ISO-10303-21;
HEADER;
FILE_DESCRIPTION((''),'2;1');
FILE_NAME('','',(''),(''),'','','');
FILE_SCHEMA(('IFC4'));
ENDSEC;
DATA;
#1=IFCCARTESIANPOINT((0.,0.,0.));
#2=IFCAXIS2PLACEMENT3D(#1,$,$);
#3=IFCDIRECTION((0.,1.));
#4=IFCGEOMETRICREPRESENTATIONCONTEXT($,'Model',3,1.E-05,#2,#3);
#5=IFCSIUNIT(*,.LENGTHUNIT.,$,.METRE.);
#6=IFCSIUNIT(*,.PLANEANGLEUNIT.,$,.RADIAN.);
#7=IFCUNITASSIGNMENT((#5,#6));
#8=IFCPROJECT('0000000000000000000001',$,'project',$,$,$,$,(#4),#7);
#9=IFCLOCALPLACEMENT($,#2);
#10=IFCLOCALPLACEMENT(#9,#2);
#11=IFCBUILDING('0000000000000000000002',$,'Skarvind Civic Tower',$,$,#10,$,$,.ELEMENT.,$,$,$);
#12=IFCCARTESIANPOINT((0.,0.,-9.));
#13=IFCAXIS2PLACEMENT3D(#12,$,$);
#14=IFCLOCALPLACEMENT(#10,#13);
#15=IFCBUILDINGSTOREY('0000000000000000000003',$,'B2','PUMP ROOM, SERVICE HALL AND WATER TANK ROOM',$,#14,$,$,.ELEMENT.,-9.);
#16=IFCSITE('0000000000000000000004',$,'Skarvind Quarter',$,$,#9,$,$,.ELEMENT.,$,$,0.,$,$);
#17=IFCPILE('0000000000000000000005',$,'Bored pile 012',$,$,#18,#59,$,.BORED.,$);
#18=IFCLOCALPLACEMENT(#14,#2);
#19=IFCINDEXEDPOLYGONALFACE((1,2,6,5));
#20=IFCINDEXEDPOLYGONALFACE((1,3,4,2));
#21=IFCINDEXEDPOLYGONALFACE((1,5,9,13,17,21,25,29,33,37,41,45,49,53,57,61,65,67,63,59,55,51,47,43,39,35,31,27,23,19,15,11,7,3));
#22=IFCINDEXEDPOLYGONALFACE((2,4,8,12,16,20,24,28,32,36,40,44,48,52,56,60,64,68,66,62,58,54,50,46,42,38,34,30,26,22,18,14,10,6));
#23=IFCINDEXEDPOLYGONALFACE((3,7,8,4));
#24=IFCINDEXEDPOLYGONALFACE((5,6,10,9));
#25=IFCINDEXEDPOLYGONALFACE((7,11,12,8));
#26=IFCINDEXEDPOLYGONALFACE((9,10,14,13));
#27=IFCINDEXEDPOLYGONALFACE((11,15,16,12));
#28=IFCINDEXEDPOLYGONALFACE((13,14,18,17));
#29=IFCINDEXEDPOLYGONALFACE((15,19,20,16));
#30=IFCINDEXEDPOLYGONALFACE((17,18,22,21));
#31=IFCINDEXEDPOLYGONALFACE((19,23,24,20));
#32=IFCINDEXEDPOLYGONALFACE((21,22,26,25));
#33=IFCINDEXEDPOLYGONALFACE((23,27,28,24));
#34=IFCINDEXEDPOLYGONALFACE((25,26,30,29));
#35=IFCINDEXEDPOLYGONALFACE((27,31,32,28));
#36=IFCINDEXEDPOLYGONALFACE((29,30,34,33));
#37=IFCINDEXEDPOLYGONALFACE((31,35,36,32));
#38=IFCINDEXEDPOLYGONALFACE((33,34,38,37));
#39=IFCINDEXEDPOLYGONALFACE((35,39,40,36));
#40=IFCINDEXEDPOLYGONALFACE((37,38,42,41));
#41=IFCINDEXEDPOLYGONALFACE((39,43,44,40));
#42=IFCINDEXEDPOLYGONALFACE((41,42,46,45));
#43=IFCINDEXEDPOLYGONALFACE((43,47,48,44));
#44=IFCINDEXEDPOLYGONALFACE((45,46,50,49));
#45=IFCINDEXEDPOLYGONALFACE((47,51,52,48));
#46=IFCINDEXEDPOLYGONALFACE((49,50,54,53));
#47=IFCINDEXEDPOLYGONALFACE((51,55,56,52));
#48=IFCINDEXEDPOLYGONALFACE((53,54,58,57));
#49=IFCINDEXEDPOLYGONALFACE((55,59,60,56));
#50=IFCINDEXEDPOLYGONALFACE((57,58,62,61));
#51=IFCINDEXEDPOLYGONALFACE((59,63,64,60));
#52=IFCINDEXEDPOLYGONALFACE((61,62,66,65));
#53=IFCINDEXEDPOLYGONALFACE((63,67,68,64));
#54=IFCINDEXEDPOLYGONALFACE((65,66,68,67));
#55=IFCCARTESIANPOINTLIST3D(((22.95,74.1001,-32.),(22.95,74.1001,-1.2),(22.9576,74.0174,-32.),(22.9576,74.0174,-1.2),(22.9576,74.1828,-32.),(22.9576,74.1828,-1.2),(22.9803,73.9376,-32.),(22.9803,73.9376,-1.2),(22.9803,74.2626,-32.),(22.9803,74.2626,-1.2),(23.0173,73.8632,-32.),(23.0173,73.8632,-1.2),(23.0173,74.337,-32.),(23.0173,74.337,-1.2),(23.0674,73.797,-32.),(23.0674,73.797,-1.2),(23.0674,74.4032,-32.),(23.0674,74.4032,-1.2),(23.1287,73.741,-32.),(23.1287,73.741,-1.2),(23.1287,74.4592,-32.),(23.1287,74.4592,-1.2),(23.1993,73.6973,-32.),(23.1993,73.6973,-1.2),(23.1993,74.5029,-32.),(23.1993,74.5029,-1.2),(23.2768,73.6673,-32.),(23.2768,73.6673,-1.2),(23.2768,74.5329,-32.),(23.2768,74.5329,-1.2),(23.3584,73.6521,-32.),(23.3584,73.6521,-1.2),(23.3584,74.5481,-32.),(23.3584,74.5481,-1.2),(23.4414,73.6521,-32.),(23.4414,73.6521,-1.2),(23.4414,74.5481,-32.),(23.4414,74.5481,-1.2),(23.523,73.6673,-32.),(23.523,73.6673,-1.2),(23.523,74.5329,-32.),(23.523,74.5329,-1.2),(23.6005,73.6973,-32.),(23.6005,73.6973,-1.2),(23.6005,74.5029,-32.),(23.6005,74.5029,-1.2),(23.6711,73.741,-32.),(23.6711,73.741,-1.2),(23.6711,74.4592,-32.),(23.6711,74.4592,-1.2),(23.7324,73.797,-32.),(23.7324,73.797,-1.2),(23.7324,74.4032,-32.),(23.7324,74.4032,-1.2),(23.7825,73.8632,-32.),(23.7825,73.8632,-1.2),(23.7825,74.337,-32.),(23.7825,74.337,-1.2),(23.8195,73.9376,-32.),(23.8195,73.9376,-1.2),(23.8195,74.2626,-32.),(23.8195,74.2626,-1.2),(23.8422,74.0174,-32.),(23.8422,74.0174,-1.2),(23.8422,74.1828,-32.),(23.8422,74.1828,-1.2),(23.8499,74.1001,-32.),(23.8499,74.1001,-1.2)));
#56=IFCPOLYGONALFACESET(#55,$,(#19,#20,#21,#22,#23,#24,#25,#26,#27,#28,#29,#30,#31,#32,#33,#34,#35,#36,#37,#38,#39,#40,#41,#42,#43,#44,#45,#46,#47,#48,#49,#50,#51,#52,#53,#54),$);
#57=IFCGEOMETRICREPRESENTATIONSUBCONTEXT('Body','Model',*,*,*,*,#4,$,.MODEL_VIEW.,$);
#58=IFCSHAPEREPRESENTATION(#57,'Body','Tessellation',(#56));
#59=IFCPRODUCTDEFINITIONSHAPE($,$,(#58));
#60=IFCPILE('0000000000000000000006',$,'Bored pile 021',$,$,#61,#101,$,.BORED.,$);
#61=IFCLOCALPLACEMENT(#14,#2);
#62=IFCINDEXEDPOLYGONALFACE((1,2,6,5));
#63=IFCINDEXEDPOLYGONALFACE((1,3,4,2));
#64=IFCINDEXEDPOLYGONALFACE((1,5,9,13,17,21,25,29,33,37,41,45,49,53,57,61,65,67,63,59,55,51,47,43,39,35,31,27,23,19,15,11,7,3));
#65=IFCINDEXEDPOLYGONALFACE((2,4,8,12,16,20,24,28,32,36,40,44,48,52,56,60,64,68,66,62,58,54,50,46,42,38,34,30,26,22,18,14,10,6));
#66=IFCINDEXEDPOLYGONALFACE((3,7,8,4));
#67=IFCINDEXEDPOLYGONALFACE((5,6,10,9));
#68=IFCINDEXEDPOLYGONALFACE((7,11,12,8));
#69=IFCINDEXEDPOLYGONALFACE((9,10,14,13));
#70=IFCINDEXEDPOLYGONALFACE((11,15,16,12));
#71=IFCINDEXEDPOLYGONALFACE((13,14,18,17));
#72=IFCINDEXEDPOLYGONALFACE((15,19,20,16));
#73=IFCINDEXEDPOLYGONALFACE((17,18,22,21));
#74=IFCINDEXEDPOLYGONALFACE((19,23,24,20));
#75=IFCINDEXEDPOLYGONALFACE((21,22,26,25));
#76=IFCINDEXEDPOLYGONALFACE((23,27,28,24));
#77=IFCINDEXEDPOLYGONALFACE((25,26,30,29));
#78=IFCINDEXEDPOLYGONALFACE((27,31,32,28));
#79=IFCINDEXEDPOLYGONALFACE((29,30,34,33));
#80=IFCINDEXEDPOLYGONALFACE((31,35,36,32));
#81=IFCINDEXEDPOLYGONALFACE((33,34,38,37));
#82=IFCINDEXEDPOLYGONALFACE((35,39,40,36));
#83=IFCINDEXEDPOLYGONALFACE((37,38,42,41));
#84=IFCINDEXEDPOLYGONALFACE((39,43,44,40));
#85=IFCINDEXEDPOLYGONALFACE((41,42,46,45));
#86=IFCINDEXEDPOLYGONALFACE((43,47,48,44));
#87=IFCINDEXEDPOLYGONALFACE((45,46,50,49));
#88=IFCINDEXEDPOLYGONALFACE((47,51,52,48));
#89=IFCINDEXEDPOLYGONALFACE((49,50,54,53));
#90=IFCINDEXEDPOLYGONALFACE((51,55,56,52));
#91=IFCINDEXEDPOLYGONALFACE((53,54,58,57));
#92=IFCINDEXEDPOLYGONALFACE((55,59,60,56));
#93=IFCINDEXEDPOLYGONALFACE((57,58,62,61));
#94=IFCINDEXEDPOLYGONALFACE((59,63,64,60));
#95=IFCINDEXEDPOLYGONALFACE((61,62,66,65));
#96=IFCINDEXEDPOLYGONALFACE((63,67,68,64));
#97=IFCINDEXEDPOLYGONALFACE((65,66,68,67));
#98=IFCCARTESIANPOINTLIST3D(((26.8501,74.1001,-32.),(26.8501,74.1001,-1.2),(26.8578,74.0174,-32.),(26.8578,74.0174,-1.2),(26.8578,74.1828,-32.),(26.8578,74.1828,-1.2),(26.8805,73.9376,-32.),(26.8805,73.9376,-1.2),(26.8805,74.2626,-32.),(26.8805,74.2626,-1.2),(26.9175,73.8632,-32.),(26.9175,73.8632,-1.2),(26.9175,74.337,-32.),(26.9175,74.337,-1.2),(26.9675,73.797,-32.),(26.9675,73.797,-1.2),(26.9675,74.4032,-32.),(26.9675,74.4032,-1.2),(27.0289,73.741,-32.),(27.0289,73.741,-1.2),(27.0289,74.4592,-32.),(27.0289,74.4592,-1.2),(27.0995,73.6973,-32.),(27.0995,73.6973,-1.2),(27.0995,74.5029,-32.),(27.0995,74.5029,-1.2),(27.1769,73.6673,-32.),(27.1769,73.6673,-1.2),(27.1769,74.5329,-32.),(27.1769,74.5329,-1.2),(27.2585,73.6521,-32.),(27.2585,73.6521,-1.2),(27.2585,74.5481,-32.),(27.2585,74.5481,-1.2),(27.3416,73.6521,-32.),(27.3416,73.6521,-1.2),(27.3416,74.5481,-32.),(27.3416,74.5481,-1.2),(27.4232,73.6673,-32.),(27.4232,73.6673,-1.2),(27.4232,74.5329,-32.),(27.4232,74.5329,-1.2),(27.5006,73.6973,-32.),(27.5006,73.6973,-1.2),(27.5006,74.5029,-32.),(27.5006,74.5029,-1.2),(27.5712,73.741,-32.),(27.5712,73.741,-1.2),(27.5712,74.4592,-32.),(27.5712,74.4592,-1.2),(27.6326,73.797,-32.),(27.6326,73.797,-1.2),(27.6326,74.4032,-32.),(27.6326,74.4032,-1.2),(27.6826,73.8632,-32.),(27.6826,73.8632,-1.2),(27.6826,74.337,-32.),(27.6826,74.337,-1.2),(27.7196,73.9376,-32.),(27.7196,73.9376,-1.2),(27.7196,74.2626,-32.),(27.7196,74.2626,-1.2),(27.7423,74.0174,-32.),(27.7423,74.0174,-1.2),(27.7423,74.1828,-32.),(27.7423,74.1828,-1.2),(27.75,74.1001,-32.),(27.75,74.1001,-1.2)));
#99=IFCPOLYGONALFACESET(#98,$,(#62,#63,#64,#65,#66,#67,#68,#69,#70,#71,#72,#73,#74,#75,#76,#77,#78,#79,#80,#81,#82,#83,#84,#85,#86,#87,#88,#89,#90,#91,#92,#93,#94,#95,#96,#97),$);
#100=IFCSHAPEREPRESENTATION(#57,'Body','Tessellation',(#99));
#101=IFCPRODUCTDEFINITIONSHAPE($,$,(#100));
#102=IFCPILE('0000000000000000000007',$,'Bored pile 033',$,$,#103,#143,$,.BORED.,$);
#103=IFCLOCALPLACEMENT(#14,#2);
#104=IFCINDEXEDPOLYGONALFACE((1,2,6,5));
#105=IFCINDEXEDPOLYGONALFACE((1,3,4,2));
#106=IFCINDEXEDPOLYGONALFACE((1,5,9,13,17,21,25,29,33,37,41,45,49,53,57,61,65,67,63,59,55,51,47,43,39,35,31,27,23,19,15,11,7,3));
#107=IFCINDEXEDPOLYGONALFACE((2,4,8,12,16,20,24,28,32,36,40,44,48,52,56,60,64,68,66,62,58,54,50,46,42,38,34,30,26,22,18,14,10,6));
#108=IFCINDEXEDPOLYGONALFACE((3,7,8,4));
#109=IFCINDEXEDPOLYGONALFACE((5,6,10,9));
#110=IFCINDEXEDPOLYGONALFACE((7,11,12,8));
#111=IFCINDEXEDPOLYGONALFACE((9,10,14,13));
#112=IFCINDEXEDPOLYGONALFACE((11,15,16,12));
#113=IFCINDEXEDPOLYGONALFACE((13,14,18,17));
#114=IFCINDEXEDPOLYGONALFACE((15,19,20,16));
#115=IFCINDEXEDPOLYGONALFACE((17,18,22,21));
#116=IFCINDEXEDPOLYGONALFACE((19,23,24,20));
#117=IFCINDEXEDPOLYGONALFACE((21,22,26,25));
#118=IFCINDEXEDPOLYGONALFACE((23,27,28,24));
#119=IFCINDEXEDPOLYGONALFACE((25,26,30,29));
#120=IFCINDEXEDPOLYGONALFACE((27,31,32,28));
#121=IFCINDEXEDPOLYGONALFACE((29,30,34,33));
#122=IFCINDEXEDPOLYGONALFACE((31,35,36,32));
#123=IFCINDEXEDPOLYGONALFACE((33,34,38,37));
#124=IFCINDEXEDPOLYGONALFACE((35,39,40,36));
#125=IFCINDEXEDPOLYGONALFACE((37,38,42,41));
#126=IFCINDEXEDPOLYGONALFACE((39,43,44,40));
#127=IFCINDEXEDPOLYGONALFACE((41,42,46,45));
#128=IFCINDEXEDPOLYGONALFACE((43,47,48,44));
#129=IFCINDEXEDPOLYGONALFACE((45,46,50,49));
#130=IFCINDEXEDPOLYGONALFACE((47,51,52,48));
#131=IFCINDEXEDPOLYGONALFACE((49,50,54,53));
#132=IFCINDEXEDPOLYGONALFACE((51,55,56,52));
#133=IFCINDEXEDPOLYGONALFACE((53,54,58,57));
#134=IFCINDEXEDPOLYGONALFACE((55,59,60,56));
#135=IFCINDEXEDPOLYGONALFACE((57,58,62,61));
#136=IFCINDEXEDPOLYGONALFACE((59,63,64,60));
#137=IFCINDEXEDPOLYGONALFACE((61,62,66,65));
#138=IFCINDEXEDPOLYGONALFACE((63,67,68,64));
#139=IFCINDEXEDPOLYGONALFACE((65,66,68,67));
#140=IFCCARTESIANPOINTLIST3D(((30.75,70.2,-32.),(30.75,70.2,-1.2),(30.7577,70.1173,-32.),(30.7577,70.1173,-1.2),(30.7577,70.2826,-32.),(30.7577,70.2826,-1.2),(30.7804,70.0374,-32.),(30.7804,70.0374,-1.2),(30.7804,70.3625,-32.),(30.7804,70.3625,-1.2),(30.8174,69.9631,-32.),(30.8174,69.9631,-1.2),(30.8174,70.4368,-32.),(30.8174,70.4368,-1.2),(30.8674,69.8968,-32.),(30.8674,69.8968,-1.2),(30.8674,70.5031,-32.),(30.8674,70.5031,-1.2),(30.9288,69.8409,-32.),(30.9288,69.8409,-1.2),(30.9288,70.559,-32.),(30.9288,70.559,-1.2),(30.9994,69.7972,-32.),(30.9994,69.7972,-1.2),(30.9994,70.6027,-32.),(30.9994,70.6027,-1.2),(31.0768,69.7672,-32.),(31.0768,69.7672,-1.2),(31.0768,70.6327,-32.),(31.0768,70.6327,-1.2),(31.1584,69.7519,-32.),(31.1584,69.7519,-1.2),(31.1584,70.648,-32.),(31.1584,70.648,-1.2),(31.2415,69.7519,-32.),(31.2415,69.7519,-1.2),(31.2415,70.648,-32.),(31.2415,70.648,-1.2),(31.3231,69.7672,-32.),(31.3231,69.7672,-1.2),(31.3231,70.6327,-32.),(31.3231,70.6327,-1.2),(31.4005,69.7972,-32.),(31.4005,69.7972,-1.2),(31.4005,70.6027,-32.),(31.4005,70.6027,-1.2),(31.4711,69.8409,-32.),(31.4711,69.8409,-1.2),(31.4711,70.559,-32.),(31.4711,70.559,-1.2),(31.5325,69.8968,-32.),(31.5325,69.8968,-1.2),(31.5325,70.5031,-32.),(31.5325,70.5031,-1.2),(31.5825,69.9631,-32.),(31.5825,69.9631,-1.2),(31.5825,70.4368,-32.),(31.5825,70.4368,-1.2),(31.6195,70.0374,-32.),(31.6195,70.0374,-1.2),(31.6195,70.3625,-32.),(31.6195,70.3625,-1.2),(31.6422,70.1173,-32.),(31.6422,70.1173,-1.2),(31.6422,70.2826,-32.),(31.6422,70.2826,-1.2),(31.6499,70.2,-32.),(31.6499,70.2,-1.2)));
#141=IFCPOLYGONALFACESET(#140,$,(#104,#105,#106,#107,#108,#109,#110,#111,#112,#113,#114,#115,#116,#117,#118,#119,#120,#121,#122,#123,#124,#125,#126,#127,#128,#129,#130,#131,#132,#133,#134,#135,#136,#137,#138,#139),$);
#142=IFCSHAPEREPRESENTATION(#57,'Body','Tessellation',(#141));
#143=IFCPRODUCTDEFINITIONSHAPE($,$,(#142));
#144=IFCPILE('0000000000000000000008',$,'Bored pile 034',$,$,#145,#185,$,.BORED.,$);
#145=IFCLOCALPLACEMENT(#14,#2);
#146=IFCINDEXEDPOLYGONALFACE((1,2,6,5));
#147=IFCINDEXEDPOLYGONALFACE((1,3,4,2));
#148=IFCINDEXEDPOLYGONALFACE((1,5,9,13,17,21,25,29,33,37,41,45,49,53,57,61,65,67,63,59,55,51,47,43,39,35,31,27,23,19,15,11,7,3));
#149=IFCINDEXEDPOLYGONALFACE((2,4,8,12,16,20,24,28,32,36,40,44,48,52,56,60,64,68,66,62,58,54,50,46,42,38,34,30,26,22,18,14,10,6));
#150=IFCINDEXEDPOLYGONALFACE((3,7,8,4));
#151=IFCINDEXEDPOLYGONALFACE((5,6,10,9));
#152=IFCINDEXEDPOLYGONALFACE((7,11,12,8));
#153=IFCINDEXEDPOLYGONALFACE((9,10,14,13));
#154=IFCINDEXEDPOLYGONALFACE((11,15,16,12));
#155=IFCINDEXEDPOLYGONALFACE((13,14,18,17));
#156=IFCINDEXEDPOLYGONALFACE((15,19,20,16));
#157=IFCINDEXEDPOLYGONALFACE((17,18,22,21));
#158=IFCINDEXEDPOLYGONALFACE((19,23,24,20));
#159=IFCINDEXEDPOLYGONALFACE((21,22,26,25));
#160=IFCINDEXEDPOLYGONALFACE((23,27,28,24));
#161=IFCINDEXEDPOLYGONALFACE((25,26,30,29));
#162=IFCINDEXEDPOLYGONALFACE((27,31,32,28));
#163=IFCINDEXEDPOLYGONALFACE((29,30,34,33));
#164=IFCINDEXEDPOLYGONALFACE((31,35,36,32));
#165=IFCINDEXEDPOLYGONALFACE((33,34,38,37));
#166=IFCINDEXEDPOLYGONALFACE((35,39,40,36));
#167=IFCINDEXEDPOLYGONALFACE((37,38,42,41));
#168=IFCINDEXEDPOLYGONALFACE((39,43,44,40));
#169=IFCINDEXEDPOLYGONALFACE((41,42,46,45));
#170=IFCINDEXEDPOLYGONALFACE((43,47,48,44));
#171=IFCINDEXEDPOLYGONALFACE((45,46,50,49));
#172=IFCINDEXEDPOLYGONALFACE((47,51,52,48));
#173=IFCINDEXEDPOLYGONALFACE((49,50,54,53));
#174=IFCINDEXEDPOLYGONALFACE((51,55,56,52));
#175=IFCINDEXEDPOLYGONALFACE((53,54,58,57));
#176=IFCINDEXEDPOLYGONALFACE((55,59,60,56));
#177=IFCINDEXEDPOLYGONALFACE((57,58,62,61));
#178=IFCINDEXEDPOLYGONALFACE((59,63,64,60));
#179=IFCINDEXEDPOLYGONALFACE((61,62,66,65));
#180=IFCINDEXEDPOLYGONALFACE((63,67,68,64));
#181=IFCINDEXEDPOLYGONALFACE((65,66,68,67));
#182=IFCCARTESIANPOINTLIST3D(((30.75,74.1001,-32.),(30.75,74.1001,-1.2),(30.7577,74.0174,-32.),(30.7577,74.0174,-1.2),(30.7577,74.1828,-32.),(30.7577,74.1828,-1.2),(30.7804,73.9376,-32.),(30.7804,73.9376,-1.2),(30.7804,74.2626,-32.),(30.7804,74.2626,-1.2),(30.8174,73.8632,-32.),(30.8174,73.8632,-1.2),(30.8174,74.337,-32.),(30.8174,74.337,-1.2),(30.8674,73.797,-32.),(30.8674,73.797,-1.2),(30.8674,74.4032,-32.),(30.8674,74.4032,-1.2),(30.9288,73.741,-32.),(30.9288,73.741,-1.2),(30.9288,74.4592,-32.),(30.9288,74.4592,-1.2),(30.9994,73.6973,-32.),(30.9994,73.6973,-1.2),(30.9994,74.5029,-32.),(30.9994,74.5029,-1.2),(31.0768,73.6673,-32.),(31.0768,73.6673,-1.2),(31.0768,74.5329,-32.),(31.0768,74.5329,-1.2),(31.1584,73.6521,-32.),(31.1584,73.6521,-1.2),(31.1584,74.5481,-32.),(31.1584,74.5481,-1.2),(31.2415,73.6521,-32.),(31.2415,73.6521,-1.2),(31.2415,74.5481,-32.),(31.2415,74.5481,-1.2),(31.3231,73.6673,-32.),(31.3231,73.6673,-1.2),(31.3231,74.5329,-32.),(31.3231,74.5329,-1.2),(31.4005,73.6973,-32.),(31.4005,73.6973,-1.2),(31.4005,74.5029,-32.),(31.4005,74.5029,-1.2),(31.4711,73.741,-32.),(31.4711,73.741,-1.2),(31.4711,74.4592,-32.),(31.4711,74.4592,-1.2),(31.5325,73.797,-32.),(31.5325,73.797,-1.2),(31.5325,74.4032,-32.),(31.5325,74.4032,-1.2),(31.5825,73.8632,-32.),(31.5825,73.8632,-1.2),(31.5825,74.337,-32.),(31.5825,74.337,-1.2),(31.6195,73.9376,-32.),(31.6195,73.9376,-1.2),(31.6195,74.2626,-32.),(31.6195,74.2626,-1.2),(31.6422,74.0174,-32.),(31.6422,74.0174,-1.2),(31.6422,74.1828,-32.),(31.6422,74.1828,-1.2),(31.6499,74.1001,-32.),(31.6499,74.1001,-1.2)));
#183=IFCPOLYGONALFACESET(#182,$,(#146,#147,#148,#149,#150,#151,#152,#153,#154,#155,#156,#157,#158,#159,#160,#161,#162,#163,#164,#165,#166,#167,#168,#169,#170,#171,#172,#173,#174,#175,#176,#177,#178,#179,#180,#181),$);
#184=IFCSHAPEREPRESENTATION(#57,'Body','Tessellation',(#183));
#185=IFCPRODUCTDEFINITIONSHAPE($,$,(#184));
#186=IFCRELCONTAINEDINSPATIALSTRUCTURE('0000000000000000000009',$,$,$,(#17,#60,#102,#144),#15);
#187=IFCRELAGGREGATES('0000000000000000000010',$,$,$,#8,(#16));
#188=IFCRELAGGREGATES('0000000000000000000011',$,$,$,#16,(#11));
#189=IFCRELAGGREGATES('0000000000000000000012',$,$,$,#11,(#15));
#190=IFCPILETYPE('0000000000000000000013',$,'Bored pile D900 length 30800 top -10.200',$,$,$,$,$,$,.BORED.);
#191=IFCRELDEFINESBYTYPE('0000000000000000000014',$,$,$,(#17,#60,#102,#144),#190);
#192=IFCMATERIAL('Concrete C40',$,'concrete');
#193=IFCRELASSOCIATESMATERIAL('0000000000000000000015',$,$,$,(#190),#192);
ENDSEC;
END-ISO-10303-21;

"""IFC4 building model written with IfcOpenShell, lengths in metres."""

from ifc_helpers import new_model, si_unit, direction, frame, origin, origin_2d, place, context, subcontext, project, spatial, circle, extrude, material, type_object, element, save


model = new_model("IFC4")

# Units and contexts
model_context = context("Model", 3, precision=1e-05, world=origin(), true_north=direction((0.0, 1.0)))
body_context = subcontext(model_context, "Body", "Model", "MODEL_VIEW")
ifc_project = project(units=[si_unit("LENGTHUNIT", "METRE"), si_unit("PLANEANGLEUNIT", "RADIAN")], contexts=[model_context])

# Site, building, storey
site_placement = place(None, origin())
site = spatial("IfcSite", under=ifc_project, at=site_placement, Name="Skarvind Quarter", CompositionType="ELEMENT", RefElevation=0.0)
building_placement = place(site_placement, origin())
building = spatial("IfcBuilding", under=site, at=building_placement, Name="Skarvind Civic Tower", CompositionType="ELEMENT")
storey_placement = place(building_placement, frame((0.0, 0.0, -9.0)))
storey = spatial("IfcBuildingStorey", under=building, at=storey_placement, Name="B2", Description="PUMP ROOM, SERVICE HALL AND WATER TANK ROOM", CompositionType="ELEMENT", Elevation=-9.0)

# Piles
ifc_material_1 = material(Name="Concrete C40", Category="concrete")
pile_type = type_object("IfcPileType", Name="Bored pile D900 length 30800 top -10.200", PredefinedType="BORED", material=ifc_material_1)
for number, where, z_axis, x_axis, name in (
    (1, (23.3999, 74.1001, -1.2), (0.0, 0.0, -1.0), (1.0, 0.0, 0.0), "Bored pile 012"),
    (2, (27.3, 74.1001, -1.2), (0.0, 0.0, -1.0), (1.0, 0.0, 0.0), "Bored pile 021"),
    (3, (31.2, 70.2, -1.2), (0.0, 0.0, -1.0), (1.0, 0.0, 0.0), "Bored pile 033"),
    (4, (31.2, 74.1001, -1.2), (0.0, 0.0, -1.0), (1.0, 0.0, 0.0), "Bored pile 034"),
):
    element("IfcPile", number, at=place(storey_placement, frame(where, z_axis=z_axis, x_axis=x_axis)), inside=storey, type_object=pile_type, Name=name, PredefinedType="BORED", context=body_context, shape_type="SweptSolid", body=[
        extrude(circle(Radius=0.45, at=origin_2d()), origin(), (0.0, 0.0, 1.0), 30.8),
    ])

save(model, "model.ifc")
